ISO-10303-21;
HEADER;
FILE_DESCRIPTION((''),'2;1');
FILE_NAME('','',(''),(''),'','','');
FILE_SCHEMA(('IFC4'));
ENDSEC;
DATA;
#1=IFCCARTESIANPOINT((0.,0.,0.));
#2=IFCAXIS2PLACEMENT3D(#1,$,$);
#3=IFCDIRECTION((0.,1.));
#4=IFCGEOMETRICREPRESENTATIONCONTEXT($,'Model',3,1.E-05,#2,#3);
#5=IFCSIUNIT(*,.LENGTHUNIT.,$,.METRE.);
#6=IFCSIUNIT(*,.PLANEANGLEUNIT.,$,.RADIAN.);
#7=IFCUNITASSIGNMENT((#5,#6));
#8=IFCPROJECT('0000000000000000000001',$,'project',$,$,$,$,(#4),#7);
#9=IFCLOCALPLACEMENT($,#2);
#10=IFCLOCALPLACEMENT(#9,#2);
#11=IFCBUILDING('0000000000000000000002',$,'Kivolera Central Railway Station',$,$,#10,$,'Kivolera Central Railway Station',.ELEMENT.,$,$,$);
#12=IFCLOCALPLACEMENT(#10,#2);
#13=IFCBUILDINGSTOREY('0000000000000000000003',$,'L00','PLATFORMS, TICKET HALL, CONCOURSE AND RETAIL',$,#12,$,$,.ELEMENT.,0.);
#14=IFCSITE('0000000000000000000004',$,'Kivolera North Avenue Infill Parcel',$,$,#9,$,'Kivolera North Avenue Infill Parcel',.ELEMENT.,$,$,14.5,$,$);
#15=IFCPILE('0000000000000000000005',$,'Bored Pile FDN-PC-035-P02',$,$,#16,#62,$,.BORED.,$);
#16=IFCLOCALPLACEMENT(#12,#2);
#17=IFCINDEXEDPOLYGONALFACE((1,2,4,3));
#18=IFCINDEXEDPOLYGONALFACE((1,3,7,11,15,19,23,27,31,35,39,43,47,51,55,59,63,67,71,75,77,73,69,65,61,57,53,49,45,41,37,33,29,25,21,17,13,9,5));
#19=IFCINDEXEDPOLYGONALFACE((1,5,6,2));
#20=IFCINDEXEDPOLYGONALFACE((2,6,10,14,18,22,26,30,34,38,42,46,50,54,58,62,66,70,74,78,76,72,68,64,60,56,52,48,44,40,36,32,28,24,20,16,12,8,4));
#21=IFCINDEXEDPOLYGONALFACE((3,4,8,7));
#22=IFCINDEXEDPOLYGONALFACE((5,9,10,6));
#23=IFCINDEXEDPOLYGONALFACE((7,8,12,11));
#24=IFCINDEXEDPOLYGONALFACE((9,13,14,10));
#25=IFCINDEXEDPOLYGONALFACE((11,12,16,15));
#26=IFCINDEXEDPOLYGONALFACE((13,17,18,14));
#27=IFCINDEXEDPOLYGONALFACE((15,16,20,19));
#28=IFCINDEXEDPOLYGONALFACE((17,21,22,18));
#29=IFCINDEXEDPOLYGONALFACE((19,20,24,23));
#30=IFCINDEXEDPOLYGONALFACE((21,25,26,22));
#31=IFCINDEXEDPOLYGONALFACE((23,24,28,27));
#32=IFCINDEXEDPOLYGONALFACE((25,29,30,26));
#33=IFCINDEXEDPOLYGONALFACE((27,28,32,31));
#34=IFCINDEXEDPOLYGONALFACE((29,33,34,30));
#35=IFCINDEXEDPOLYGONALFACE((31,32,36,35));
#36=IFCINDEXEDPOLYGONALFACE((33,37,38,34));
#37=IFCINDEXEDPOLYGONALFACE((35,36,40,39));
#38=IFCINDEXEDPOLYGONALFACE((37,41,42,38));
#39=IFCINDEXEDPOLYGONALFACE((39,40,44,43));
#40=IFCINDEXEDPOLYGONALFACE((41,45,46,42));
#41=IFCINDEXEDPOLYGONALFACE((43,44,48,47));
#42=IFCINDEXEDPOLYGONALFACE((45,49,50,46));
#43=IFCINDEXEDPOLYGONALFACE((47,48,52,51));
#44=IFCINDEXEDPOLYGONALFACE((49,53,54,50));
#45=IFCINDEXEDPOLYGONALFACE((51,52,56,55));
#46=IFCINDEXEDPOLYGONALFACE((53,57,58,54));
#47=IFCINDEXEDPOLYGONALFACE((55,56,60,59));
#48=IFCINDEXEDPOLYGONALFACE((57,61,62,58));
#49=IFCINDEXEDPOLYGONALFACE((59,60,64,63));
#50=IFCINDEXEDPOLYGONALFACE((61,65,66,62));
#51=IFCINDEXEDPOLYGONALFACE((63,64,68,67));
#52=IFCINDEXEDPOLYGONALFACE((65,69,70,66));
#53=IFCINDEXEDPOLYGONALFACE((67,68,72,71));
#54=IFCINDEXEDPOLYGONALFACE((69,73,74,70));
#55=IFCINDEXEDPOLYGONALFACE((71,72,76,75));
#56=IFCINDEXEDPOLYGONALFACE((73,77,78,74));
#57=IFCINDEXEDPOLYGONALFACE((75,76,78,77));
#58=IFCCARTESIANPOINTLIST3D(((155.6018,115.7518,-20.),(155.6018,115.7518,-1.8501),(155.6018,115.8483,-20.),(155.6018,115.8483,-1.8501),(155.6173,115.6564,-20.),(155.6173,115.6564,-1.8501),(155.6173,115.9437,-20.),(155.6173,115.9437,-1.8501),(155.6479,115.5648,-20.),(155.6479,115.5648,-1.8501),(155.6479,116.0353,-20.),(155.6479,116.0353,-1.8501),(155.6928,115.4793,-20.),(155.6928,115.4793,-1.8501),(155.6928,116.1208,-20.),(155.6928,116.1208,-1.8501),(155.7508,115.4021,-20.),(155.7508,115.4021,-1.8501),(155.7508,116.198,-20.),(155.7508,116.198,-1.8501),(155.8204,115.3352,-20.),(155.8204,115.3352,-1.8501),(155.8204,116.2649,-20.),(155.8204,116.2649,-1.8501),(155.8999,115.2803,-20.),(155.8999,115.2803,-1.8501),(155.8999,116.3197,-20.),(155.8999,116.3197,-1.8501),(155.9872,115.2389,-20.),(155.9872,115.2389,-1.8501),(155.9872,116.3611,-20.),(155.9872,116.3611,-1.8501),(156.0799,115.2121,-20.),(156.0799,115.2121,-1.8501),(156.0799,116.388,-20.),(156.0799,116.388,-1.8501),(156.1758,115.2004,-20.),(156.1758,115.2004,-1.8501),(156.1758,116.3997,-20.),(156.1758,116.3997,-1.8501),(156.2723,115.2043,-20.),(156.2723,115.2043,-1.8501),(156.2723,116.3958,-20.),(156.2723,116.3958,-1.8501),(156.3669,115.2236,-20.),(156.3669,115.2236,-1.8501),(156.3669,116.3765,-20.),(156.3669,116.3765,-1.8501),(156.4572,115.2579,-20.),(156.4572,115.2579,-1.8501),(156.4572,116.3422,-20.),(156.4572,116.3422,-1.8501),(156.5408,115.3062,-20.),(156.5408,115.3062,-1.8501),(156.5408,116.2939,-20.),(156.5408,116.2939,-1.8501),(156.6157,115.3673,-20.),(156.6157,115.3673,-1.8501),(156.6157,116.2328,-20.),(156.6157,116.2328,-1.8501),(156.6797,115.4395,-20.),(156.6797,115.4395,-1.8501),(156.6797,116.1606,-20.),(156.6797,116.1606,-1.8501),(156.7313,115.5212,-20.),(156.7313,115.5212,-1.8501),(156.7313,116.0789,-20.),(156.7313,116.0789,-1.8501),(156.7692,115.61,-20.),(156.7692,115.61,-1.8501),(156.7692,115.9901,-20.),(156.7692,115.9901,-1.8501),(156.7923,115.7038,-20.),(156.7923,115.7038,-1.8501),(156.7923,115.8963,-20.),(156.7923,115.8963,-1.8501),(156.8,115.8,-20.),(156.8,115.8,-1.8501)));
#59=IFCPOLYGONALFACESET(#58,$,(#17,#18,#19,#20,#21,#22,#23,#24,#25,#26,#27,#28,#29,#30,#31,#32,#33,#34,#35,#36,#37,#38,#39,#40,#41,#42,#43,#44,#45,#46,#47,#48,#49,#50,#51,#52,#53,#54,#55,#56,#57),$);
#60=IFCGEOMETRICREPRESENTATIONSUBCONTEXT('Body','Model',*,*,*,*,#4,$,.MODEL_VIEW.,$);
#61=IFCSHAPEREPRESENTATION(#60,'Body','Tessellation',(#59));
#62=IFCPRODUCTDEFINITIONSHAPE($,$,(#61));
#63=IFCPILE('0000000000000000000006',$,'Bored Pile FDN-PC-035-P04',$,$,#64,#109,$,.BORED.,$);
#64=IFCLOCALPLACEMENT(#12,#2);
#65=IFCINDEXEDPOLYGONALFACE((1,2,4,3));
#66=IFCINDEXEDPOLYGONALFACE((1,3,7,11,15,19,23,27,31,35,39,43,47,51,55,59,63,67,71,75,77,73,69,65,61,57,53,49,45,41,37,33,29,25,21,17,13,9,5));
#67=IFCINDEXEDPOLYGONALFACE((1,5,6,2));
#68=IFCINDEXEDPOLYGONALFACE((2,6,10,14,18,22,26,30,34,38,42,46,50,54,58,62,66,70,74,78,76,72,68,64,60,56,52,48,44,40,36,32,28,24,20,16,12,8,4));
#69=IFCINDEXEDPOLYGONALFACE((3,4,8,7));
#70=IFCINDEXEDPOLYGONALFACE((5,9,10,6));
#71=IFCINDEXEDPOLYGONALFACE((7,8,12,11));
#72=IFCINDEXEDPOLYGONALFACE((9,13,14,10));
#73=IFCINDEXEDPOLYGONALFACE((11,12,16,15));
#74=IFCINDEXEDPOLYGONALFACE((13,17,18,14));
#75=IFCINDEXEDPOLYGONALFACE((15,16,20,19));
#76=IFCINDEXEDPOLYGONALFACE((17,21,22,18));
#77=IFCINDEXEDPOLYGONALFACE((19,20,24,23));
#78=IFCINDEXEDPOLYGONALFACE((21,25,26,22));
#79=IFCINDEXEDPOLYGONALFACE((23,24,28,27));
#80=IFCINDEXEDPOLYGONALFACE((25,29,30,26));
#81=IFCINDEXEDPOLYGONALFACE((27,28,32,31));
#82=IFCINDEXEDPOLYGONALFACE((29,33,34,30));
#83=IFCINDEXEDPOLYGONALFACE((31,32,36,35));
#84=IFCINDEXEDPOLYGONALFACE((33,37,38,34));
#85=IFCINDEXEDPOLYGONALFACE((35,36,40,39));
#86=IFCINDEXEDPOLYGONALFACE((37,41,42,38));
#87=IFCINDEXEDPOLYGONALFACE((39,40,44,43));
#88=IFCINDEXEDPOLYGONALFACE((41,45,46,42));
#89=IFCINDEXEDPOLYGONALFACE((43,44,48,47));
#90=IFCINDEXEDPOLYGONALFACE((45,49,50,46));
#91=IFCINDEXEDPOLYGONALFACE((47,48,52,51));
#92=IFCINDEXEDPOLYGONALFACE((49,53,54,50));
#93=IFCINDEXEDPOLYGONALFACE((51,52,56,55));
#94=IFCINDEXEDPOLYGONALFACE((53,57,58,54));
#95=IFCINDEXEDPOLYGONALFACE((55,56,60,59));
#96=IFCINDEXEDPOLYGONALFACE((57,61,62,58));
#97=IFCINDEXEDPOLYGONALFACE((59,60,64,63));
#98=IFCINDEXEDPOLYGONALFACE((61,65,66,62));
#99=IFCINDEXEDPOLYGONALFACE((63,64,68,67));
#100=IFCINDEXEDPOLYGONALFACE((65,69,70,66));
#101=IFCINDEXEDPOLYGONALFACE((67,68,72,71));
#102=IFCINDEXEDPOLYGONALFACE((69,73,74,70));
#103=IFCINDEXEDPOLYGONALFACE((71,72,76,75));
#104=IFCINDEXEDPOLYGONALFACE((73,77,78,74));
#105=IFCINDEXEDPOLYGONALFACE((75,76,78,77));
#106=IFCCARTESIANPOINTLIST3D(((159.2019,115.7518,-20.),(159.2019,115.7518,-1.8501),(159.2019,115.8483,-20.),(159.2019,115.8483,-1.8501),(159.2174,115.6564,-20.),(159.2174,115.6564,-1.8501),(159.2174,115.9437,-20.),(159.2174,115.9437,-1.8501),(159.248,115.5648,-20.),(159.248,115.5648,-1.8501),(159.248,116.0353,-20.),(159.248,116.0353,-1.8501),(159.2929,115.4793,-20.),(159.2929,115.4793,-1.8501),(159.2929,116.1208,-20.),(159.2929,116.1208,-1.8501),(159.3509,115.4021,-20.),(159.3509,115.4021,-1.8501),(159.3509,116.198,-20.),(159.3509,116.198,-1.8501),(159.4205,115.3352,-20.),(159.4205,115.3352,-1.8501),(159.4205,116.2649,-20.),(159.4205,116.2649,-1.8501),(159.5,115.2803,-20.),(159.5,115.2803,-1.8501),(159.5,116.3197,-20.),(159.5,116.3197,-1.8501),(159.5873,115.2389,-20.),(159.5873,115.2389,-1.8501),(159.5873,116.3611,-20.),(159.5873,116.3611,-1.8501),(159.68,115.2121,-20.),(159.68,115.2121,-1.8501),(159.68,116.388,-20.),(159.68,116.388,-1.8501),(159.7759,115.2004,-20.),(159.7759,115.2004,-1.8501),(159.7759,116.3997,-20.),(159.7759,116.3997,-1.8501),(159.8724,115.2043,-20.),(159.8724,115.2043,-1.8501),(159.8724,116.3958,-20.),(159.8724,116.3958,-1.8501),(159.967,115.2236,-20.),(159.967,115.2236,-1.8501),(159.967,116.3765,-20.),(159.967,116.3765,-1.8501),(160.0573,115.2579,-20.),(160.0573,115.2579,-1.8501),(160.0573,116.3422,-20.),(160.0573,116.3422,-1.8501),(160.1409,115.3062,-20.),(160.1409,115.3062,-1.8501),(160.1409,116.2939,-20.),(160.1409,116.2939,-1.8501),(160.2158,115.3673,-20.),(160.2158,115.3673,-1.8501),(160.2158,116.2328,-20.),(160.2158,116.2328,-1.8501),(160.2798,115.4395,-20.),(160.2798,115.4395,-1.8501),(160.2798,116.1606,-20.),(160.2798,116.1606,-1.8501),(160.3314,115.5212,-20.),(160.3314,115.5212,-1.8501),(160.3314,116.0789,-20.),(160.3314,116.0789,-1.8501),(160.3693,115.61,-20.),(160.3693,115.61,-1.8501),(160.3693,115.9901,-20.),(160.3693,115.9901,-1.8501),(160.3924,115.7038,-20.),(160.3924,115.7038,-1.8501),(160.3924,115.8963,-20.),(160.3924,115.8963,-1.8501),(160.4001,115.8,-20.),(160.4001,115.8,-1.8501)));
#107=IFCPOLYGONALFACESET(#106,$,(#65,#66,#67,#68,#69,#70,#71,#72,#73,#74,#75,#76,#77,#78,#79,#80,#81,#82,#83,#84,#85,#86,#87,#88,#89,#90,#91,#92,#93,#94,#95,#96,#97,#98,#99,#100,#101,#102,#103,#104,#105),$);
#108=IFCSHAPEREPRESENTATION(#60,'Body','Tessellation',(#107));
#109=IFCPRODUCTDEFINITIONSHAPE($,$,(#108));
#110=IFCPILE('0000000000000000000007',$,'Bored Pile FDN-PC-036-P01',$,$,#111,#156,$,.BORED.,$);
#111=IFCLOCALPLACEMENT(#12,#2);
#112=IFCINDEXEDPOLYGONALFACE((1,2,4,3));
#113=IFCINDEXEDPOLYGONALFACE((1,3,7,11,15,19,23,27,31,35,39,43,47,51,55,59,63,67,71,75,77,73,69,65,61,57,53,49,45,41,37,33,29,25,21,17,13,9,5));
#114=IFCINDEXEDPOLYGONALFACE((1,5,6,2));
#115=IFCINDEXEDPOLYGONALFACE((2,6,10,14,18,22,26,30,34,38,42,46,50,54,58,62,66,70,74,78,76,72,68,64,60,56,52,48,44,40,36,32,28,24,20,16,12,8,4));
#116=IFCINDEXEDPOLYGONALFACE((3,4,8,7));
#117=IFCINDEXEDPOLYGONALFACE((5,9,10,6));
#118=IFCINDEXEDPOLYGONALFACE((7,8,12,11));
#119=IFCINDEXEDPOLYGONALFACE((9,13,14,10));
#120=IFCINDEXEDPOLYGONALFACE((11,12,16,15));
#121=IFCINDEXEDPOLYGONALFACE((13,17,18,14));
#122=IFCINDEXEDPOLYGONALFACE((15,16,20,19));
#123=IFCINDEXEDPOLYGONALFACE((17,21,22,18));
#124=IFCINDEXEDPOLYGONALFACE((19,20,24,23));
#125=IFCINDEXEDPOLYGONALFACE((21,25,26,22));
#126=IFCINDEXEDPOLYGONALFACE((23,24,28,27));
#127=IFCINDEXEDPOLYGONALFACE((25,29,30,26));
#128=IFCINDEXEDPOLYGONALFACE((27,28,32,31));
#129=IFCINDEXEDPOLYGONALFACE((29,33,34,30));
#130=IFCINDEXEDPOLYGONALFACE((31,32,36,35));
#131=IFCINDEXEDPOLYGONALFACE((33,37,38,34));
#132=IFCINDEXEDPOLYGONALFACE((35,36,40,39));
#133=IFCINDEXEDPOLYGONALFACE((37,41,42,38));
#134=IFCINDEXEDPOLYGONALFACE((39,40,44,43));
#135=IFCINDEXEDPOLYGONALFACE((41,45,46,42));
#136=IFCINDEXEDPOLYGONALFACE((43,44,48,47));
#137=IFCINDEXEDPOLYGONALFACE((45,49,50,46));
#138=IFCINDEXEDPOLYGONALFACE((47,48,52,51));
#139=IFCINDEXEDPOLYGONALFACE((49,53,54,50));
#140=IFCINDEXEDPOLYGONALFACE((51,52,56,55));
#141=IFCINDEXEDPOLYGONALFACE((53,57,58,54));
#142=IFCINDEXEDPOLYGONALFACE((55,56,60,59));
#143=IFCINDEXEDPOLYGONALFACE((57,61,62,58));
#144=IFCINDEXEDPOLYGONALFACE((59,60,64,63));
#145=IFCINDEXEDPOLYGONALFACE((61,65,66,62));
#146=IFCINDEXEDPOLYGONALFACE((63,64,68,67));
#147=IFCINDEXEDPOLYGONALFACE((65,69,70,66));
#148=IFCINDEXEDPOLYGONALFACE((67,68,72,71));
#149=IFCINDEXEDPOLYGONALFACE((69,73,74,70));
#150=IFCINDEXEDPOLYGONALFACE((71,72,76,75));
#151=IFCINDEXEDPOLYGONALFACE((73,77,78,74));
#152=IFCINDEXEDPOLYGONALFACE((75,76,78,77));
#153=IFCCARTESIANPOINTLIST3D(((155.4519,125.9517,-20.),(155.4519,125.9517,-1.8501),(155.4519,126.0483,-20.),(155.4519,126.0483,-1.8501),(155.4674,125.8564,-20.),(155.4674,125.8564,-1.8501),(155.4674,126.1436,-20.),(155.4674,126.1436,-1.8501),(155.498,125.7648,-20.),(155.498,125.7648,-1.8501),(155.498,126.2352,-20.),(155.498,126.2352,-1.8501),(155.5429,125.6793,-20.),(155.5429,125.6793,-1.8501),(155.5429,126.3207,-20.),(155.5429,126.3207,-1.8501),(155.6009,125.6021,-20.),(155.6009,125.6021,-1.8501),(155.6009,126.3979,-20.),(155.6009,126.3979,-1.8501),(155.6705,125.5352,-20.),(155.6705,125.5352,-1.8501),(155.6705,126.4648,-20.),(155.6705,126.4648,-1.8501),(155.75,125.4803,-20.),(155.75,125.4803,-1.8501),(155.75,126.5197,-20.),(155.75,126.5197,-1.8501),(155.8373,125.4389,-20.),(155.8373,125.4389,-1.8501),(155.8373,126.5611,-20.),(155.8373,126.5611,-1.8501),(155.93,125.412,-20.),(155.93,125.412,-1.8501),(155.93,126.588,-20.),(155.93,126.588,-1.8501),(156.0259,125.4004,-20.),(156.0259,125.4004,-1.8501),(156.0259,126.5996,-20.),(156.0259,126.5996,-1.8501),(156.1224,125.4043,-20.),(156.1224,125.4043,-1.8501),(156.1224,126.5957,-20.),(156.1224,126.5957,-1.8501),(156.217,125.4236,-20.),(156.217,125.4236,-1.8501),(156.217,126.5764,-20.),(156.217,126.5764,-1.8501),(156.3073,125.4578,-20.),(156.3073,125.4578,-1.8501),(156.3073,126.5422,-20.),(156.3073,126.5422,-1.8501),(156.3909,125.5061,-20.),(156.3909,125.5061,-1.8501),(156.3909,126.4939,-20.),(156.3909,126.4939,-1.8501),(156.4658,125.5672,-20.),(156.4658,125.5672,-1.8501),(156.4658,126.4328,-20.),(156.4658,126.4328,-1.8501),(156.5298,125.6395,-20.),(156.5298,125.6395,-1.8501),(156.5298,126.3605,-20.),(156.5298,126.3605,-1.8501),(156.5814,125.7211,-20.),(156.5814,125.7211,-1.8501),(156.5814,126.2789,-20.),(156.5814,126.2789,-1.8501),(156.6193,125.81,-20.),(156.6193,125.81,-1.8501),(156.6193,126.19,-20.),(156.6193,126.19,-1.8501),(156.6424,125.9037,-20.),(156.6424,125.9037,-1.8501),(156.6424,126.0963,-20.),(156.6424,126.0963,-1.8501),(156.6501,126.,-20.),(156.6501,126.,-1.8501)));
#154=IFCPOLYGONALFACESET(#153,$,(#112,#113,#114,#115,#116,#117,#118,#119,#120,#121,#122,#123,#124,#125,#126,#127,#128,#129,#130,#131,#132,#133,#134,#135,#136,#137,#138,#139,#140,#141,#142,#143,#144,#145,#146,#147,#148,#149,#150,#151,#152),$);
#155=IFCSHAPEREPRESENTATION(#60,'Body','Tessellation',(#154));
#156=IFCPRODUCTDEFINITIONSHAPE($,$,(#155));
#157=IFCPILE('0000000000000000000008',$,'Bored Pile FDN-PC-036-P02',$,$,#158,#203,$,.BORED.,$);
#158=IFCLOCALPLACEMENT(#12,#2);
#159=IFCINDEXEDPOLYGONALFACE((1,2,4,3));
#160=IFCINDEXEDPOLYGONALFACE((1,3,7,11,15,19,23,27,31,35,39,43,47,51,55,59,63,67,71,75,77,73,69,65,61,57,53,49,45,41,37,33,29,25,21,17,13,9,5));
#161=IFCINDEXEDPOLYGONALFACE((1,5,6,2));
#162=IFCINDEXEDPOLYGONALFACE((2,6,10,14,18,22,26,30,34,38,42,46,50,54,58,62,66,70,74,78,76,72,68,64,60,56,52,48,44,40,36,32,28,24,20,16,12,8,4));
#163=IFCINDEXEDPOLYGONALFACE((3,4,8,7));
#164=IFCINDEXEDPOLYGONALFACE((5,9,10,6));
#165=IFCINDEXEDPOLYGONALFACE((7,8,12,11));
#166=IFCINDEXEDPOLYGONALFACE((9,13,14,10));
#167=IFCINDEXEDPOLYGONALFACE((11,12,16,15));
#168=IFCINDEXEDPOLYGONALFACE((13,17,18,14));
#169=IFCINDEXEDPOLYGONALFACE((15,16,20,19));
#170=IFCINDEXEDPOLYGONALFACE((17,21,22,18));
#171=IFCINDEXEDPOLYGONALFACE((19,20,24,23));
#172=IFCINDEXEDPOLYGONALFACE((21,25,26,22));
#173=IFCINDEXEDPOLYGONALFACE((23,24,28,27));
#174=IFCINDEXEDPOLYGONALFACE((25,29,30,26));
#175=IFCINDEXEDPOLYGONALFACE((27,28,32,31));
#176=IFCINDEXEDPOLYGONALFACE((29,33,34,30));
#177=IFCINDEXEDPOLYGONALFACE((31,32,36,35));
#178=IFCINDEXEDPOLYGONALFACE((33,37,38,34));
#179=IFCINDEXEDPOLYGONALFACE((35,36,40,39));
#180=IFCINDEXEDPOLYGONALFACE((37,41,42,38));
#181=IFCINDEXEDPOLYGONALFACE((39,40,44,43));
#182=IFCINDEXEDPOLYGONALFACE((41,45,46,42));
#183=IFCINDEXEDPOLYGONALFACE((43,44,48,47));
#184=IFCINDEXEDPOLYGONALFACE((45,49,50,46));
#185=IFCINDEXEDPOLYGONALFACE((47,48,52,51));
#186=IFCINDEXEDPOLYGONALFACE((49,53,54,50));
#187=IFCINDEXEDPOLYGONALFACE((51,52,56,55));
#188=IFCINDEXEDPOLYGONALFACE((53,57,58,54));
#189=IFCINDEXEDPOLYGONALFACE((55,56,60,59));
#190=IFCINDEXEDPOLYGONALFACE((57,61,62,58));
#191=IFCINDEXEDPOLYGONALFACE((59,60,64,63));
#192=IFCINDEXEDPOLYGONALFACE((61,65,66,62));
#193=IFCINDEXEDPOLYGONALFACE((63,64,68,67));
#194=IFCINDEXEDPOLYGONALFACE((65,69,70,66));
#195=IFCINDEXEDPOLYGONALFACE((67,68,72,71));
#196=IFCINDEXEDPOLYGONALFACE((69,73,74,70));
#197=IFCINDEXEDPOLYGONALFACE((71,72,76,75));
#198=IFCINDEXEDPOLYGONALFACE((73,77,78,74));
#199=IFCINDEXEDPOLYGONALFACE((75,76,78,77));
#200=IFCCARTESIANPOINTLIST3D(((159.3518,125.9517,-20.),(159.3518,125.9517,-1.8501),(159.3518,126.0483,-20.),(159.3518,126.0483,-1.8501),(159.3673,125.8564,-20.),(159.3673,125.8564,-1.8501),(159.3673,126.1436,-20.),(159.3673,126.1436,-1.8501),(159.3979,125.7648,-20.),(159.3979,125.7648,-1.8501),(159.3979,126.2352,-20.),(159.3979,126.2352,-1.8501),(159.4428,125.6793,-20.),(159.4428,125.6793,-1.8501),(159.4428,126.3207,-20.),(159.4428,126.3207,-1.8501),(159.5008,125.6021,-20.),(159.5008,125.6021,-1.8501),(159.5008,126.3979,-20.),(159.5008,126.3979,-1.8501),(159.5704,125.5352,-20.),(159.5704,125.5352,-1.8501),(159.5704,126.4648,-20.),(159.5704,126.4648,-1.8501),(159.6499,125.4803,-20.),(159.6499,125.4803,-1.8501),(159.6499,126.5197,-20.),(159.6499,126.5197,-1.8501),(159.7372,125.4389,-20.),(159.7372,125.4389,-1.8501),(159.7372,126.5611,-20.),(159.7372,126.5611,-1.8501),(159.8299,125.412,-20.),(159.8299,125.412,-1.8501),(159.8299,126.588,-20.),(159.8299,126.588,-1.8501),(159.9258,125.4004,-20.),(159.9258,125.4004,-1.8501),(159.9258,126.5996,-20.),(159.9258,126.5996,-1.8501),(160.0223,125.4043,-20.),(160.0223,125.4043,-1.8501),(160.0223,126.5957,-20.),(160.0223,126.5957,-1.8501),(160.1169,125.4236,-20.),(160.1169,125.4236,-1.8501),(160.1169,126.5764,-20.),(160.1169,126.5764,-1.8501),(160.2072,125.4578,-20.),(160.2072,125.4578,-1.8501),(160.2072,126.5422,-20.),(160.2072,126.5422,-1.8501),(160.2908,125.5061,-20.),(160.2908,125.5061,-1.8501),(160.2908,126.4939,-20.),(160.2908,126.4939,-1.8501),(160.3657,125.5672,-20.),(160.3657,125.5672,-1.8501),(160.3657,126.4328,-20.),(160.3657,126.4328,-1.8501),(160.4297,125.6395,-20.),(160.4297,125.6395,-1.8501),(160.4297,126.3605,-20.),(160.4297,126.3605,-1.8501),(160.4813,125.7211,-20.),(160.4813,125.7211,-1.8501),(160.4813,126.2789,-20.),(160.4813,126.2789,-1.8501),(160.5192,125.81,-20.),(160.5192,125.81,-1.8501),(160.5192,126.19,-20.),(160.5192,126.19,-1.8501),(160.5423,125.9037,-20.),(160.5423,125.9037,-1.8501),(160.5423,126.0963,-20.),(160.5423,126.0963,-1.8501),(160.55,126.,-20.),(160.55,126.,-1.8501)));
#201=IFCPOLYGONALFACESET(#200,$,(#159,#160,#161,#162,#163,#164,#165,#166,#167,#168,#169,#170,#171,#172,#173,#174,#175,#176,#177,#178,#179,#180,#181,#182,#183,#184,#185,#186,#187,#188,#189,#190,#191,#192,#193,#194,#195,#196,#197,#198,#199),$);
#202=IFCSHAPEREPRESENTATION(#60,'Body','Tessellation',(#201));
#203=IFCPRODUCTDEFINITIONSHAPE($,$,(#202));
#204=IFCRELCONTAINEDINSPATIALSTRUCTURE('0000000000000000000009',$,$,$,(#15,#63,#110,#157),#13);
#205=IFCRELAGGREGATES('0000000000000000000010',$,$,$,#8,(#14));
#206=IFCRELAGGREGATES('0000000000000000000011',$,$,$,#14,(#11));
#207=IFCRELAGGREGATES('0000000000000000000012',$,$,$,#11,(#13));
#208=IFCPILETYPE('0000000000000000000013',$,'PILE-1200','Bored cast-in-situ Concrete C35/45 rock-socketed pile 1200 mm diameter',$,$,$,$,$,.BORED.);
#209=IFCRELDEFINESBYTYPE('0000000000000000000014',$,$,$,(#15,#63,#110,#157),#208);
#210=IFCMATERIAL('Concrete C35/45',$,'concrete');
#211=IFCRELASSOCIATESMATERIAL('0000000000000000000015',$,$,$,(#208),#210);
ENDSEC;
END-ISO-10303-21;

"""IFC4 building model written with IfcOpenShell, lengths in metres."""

from ifc_helpers import new_model, si_unit, direction, frame, origin, origin_2d, place, context, subcontext, project, spatial, circle, extrude, material, material_profile, profile_set, type_object, element, save


model = new_model("IFC4")

# Units and contexts
model_context = context("Model", 3, precision=1e-05, world=origin(), true_north=direction((0.0, 1.0)))
body_context = subcontext(model_context, "Body", "Model", "MODEL_VIEW")
ifc_project = project(units=[si_unit("LENGTHUNIT", "METRE"), si_unit("PLANEANGLEUNIT", "RADIAN")], contexts=[model_context])

# Site, building, storey
site_placement = place(None, origin())
site = spatial("IfcSite", under=ifc_project, at=site_placement, Name="Kivolera North Avenue Infill Parcel", LongName="Kivolera North Avenue Infill Parcel", CompositionType="ELEMENT", RefElevation=14.5)
building_placement = place(site_placement, origin())
building = spatial("IfcBuilding", under=site, at=building_placement, Name="Kivolera Central Railway Station", LongName="Kivolera Central Railway Station", CompositionType="ELEMENT")
storey_placement = place(building_placement, origin())
storey = spatial("IfcBuildingStorey", under=building, at=storey_placement, Name="L00", Description="PLATFORMS, TICKET HALL, CONCOURSE AND RETAIL", CompositionType="ELEMENT", Elevation=0.0)

# Shared definitions
ifc_material_1 = material(Name="Concrete C35/45", Category="concrete")

# Piles
ifc_material_profile_1 = material_profile(ifc_material_1, circle(Radius=0.6001, at=origin_2d()), Name="PILE D1200")
ifc_profile_set_1 = profile_set([ifc_material_profile_1], Name="Concrete C35/45")
pile_type = type_object("IfcPileType", Name="PILE-1200", Description="Bored cast-in-situ Concrete C35/45 rock-socketed pile 1200 mm diameter", PredefinedType="BORED", material=ifc_profile_set_1)
for number, where, z_axis, x_axis, name in (
    (1, (156.2, 115.8, -1.8501), (0.0, 0.0, -1.0), (1.0, 0.0, 0.0), "Bored Pile FDN-PC-035-P02"),
    (2, (159.8, 115.8, -1.8501), (0.0, 0.0, -1.0), (1.0, 0.0, 0.0), "Bored Pile FDN-PC-035-P04"),
    (3, (156.05, 126.0, -1.8501), (0.0, 0.0, -1.0), (1.0, 0.0, 0.0), "Bored Pile FDN-PC-036-P01"),
    (4, (159.95, 126.0, -1.8501), (0.0, 0.0, -1.0), (1.0, 0.0, 0.0), "Bored Pile FDN-PC-036-P02"),
):
    element("IfcPile", number, at=place(storey_placement, frame(where, z_axis=z_axis, x_axis=x_axis)), inside=storey, type_object=pile_type, Name=name, PredefinedType="BORED", context=body_context, shape_type="SweptSolid", body=[
        extrude(circle(Radius=0.6001, at=origin_2d()), origin(), (0.0, 0.0, 1.0), 18.1499),
    ])

save(model, "model.ifc")
